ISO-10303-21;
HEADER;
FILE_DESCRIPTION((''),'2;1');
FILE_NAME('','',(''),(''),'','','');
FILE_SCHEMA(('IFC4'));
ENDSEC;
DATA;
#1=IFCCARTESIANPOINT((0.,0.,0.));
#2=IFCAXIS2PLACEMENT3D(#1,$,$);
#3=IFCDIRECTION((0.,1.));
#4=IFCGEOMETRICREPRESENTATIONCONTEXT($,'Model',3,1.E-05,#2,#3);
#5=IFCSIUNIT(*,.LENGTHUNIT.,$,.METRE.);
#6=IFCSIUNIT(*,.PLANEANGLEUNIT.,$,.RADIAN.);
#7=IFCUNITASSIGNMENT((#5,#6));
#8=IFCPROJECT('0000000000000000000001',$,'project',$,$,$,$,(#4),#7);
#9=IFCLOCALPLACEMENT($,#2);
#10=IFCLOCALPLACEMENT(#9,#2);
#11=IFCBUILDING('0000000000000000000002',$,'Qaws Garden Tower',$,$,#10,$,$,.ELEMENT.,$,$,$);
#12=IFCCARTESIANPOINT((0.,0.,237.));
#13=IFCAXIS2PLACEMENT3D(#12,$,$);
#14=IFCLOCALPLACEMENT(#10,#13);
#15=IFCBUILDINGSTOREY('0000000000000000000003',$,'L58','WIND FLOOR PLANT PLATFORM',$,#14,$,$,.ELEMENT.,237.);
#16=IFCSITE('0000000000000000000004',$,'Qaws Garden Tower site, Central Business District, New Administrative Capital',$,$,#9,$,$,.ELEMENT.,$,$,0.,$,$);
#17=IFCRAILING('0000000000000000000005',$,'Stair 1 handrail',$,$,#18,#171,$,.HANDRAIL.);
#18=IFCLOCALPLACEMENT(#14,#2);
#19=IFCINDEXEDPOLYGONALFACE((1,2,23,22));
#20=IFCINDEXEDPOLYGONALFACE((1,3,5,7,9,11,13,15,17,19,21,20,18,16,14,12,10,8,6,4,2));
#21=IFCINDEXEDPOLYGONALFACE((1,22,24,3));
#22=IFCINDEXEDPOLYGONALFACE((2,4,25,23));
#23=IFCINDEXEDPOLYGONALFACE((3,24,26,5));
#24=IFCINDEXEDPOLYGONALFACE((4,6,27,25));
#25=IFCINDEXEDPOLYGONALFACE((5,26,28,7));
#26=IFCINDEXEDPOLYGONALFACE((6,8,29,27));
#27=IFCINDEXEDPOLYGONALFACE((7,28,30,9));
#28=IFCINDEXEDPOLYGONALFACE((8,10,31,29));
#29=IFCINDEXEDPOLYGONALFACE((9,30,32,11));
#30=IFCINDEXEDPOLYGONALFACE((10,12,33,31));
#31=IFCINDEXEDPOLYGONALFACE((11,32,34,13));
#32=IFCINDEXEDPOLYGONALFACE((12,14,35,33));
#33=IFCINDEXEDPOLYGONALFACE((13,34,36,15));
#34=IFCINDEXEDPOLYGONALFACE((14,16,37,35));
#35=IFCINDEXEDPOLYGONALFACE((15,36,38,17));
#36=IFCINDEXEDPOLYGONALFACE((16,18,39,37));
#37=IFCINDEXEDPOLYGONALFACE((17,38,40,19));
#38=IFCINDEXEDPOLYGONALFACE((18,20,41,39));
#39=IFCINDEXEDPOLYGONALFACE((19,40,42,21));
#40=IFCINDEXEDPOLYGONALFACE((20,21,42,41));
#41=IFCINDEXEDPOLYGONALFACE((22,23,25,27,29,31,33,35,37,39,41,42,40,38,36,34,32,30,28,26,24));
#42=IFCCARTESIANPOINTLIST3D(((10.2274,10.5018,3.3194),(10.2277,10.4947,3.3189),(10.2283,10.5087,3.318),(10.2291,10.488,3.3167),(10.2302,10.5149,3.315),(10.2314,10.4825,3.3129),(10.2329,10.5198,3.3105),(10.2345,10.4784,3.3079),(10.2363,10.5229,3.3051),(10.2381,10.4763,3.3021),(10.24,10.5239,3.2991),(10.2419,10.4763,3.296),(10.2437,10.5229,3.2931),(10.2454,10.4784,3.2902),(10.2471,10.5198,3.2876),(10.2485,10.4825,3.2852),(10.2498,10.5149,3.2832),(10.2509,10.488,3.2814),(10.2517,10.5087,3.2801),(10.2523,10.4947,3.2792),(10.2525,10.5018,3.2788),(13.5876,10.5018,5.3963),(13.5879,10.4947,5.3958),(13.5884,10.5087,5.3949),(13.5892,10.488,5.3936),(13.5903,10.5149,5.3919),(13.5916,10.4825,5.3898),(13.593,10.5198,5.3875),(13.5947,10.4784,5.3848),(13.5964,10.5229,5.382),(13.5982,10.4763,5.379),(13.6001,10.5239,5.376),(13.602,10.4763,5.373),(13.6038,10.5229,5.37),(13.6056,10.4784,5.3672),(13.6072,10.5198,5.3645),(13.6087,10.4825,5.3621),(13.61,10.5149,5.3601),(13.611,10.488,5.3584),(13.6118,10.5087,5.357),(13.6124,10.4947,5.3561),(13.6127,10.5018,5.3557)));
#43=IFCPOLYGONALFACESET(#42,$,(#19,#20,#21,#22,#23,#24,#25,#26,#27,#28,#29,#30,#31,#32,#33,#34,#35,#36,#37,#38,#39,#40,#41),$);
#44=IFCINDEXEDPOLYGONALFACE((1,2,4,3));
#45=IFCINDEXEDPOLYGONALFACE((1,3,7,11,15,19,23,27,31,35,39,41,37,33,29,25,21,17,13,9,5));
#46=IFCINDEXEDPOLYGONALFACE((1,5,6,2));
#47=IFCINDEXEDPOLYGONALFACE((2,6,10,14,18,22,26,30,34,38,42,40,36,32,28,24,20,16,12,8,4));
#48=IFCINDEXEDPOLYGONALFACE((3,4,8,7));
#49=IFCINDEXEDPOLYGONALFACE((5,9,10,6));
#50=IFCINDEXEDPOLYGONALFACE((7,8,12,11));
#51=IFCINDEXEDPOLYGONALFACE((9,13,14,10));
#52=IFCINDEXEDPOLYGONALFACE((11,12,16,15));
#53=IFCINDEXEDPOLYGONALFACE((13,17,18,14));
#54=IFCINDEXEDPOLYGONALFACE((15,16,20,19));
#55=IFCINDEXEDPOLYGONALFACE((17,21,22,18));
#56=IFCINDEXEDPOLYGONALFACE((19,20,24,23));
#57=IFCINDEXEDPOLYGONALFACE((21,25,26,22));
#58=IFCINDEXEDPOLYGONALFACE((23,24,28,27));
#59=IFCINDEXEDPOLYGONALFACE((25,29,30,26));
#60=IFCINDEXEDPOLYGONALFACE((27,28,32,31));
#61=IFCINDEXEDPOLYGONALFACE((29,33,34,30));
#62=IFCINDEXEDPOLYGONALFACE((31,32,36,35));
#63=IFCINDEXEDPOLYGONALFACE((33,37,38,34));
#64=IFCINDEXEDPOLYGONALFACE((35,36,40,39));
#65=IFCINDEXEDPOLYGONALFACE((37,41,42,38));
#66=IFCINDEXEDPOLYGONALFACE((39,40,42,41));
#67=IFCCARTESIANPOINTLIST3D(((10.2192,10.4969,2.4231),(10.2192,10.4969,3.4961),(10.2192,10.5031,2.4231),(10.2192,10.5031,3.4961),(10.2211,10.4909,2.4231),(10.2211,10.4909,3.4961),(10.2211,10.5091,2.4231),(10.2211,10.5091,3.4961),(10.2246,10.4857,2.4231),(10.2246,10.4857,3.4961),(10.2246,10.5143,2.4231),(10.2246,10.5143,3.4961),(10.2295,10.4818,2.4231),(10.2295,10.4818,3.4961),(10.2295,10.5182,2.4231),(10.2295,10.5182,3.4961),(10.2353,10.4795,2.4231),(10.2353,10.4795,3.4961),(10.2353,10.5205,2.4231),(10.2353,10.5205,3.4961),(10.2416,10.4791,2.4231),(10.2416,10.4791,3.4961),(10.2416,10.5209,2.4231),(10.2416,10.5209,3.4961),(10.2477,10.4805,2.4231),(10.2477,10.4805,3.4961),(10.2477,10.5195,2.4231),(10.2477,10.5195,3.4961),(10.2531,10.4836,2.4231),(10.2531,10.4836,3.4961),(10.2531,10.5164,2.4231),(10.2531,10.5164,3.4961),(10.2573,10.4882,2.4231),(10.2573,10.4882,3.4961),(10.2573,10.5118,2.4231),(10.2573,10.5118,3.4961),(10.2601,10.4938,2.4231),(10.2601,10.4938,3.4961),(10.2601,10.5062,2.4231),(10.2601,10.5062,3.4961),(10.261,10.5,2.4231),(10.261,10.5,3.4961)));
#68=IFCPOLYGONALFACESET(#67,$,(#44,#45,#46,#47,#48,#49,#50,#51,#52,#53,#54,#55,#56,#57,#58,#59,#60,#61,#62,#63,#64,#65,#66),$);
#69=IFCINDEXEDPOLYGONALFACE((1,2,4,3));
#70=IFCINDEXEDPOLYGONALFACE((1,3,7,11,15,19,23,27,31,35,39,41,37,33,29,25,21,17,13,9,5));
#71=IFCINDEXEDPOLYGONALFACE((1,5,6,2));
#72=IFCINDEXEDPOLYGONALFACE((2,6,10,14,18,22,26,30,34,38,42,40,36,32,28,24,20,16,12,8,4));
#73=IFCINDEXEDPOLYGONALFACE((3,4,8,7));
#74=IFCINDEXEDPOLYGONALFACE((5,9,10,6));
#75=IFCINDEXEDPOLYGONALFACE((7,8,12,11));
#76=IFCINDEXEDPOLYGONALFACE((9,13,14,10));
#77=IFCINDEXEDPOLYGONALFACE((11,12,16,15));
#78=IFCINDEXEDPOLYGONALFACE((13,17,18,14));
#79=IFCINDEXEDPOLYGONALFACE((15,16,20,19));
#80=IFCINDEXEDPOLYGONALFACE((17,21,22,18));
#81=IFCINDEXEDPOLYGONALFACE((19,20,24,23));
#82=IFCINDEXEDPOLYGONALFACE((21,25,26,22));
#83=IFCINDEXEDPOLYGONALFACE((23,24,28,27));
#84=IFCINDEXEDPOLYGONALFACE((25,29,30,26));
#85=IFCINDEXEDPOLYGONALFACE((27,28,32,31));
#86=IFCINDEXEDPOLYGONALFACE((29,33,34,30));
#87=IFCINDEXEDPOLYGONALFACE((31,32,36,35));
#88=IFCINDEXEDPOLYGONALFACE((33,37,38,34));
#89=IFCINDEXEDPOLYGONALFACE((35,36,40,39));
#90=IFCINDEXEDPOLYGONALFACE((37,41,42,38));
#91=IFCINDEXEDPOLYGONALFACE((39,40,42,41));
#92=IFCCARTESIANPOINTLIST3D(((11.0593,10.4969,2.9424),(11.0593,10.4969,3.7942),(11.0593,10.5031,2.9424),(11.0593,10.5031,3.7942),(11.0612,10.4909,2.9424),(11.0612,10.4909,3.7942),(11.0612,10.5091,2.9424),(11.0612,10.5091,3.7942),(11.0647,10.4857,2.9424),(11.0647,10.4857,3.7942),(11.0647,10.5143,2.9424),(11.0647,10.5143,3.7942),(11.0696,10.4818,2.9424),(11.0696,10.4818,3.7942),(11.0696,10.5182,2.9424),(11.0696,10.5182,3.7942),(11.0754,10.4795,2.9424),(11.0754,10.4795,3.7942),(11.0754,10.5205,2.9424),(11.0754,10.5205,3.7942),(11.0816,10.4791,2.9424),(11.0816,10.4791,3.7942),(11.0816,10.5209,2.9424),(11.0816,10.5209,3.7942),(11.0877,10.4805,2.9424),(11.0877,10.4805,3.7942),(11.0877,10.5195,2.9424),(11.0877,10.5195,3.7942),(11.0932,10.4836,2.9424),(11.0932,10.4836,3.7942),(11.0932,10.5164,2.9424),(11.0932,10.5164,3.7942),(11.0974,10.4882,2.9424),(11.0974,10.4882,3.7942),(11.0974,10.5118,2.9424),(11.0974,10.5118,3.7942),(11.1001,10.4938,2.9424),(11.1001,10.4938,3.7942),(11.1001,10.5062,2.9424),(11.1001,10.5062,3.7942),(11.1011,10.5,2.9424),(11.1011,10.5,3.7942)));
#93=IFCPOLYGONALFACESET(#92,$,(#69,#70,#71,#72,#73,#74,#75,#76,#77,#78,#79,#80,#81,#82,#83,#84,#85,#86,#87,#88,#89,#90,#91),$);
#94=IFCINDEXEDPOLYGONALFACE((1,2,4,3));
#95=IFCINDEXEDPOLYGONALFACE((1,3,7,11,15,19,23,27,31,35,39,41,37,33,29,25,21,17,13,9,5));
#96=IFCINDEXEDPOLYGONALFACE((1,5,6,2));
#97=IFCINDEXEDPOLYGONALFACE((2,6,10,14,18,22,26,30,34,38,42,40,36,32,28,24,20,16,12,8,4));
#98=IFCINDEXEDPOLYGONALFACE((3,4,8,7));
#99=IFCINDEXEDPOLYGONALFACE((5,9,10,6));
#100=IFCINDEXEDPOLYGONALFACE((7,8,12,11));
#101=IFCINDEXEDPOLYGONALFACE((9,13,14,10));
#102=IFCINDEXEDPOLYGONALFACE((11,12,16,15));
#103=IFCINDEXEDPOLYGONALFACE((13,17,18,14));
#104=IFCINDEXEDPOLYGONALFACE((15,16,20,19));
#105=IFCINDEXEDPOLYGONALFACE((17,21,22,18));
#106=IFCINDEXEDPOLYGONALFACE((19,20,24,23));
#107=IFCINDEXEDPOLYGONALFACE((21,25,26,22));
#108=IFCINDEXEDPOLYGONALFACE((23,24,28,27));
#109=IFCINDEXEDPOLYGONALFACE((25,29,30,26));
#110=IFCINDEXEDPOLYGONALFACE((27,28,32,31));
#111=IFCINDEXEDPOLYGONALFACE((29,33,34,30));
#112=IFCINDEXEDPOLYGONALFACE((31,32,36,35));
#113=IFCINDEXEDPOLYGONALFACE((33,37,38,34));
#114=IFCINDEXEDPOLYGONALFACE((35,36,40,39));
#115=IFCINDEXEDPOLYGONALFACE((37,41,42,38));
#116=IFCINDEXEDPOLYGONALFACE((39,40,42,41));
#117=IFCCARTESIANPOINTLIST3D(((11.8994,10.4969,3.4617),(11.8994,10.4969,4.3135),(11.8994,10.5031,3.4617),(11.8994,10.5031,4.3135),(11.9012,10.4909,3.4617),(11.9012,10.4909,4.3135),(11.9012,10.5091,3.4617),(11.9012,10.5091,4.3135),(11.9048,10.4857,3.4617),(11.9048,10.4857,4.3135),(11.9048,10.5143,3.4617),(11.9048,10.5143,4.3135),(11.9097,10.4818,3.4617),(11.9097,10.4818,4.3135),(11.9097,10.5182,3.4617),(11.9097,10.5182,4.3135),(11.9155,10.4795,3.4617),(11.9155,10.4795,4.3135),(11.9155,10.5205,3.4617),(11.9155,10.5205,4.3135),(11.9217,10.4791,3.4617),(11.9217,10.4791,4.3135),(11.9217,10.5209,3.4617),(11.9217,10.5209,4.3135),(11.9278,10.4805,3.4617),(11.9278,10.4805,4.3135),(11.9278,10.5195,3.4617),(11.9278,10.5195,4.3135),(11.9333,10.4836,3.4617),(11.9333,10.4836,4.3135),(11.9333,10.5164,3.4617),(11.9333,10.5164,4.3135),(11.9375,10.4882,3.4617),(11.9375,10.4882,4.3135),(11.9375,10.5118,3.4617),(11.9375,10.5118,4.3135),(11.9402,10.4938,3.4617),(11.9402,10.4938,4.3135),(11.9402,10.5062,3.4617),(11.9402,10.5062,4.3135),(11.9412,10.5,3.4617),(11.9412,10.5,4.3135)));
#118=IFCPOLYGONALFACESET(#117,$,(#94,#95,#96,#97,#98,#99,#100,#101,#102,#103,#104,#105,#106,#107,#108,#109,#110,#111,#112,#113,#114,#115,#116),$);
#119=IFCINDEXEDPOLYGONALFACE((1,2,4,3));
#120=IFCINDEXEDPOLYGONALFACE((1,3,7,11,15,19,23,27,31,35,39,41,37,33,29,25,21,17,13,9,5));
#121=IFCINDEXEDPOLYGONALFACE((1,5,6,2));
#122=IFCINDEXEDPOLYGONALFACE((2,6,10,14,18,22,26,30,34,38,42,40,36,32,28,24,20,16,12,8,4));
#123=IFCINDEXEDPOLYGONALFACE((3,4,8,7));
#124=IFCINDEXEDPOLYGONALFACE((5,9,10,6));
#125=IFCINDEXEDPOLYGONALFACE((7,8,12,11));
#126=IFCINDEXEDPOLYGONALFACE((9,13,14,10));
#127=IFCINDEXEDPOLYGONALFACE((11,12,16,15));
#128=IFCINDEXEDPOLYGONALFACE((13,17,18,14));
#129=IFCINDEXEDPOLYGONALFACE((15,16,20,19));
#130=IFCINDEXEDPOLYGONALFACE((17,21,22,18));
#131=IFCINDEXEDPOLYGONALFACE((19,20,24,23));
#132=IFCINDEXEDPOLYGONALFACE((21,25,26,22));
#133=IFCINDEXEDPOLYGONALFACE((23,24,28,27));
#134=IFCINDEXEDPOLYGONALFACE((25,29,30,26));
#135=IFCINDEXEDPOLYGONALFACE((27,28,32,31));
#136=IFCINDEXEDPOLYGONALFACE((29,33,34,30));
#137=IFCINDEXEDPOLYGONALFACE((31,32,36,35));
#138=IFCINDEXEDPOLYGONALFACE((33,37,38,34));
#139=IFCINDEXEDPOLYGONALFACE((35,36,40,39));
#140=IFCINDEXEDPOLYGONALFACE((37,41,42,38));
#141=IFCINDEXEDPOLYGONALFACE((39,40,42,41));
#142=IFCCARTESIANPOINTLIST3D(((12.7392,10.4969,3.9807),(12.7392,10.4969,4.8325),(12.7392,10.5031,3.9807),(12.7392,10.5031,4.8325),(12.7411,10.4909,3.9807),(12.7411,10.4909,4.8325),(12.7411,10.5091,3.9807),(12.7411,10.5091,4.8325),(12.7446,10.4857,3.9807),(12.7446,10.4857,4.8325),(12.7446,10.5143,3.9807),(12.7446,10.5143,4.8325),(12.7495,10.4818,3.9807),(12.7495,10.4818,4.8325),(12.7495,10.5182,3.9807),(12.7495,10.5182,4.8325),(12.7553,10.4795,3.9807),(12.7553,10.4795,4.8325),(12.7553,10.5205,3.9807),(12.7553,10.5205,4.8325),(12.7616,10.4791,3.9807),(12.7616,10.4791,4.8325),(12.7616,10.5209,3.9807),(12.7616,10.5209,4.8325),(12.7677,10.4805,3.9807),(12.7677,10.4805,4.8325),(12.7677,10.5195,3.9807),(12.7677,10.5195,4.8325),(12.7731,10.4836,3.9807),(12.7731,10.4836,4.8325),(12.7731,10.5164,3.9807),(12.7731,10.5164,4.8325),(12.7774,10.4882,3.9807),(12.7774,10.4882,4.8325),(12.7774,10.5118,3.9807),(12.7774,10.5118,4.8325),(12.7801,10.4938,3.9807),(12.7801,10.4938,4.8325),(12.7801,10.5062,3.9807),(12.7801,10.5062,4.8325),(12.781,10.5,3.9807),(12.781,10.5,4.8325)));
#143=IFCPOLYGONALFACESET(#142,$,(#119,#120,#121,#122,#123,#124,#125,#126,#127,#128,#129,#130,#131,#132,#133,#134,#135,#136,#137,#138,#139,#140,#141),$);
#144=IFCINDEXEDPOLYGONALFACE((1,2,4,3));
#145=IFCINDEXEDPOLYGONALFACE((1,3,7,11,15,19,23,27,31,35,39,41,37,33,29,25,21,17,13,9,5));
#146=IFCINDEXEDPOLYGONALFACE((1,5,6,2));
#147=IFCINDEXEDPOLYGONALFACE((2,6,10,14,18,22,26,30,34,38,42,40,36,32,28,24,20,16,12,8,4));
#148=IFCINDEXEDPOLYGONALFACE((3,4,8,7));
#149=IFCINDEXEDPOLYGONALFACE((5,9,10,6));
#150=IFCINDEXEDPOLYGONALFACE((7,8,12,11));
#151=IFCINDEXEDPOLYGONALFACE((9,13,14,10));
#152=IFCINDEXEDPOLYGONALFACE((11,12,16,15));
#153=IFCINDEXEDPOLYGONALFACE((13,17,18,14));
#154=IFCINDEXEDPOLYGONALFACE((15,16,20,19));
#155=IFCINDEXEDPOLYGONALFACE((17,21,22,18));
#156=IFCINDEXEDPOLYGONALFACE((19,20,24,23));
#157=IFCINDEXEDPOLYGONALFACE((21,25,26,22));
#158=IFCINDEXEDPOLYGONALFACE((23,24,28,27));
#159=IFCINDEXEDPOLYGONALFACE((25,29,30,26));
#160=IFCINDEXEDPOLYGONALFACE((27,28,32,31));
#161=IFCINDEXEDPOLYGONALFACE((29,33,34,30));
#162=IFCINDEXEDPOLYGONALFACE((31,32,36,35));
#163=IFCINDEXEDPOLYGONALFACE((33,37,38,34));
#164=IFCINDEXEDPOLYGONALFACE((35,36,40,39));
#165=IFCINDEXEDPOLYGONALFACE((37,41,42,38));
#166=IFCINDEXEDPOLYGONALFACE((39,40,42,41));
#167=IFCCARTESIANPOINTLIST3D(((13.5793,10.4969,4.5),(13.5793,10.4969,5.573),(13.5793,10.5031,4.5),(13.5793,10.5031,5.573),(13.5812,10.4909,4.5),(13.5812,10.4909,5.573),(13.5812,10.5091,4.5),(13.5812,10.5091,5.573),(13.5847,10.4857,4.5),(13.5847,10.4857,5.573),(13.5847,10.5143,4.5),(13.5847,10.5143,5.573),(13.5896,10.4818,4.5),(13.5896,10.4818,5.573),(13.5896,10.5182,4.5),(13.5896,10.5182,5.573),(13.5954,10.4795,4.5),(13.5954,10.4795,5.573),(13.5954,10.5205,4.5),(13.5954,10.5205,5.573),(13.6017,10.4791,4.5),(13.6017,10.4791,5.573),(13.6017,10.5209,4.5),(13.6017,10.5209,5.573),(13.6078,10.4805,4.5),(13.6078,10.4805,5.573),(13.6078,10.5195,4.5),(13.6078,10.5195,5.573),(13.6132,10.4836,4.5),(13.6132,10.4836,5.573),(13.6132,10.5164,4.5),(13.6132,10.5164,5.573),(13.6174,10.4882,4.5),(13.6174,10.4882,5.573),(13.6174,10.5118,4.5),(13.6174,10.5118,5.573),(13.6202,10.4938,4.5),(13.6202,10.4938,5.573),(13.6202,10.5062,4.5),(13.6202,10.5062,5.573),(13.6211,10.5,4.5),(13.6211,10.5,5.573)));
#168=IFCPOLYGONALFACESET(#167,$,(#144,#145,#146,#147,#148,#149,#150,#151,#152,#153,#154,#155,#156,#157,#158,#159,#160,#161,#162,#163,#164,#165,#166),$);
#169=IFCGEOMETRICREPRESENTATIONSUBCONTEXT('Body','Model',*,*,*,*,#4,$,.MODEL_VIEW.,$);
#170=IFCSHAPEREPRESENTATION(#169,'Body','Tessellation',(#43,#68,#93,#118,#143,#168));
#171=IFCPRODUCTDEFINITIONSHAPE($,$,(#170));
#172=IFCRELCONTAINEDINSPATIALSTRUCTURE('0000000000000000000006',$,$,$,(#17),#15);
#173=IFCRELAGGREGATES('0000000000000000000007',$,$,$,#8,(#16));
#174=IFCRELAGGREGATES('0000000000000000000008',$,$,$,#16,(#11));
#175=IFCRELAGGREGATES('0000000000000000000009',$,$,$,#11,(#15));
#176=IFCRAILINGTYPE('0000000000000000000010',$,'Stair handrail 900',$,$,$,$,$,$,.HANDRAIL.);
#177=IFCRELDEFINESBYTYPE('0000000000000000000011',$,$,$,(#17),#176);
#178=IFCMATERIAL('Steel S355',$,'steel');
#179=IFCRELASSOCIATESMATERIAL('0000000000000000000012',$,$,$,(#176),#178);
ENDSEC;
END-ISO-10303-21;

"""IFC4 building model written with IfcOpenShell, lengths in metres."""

from ifc_helpers import new_model, si_unit, direction, frame, origin, origin_2d, place, context, subcontext, project, spatial, circle, extrude, material, type_object, element, save


model = new_model("IFC4")

# Units and contexts
model_context = context("Model", 3, precision=1e-05, world=origin(), true_north=direction((0.0, 1.0)))
body_context = subcontext(model_context, "Body", "Model", "MODEL_VIEW")
ifc_project = project(units=[si_unit("LENGTHUNIT", "METRE"), si_unit("PLANEANGLEUNIT", "RADIAN")], contexts=[model_context])

# Site, building, storey
site_placement = place(None, origin())
site = spatial("IfcSite", under=ifc_project, at=site_placement, Name="Qaws Garden Tower site, Central Business District, New Administrative Capital", CompositionType="ELEMENT", RefElevation=0.0)
building_placement = place(site_placement, origin())
building = spatial("IfcBuilding", under=site, at=building_placement, Name="Qaws Garden Tower", CompositionType="ELEMENT")
storey_placement = place(building_placement, frame((0.0, 0.0, 237.0)))
storey = spatial("IfcBuildingStorey", under=building, at=storey_placement, Name="L58", Description="WIND FLOOR PLANT PLATFORM", CompositionType="ELEMENT", Elevation=237.0)

# Railing
ifc_material_1 = material(Name="Steel S355", Category="steel")
railing_type_1 = type_object("IfcRailingType", Name="Stair handrail 900", PredefinedType="HANDRAIL", material=ifc_material_1)
for number, where, name in (
    (1, (10.24, 10.5, 2.4231), "Stair 1 handrail"),
):
    element("IfcRailing", number, at=place(storey_placement, frame(where)), inside=storey, type_object=railing_type_1, Name=name, PredefinedType="HANDRAIL", context=body_context, shape_type="SweptSolid", body=[
        extrude(circle(Radius=0.0239, at=origin_2d()), frame((0.0, 0.0, 0.876), z_axis=(0.850623, 0.0, 0.525776), x_axis=(0.0, 1.0, 0.0)), (0.0, 0.0, 1.0), 3.9502),
        extrude(circle(Radius=0.021, at=origin_2d()), origin(), (0.0, 0.0, 1.0), 1.073),
        extrude(circle(Radius=0.021, at=origin_2d()), frame((0.8401, 0.0, 0.5193)), (0.0, 0.0, 1.0), 0.8518),
        extrude(circle(Radius=0.021, at=origin_2d()), frame((1.6802, 0.0, 1.0386)), (0.0, 0.0, 1.0), 0.8518),
        extrude(circle(Radius=0.021, at=origin_2d()), frame((2.52, 0.0, 1.5576)), (0.0, 0.0, 1.0), 0.8518),
        extrude(circle(Radius=0.021, at=origin_2d()), frame((3.3601, 0.0, 2.0769)), (0.0, 0.0, 1.0), 1.073),
    ])

save(model, "model.ifc")
